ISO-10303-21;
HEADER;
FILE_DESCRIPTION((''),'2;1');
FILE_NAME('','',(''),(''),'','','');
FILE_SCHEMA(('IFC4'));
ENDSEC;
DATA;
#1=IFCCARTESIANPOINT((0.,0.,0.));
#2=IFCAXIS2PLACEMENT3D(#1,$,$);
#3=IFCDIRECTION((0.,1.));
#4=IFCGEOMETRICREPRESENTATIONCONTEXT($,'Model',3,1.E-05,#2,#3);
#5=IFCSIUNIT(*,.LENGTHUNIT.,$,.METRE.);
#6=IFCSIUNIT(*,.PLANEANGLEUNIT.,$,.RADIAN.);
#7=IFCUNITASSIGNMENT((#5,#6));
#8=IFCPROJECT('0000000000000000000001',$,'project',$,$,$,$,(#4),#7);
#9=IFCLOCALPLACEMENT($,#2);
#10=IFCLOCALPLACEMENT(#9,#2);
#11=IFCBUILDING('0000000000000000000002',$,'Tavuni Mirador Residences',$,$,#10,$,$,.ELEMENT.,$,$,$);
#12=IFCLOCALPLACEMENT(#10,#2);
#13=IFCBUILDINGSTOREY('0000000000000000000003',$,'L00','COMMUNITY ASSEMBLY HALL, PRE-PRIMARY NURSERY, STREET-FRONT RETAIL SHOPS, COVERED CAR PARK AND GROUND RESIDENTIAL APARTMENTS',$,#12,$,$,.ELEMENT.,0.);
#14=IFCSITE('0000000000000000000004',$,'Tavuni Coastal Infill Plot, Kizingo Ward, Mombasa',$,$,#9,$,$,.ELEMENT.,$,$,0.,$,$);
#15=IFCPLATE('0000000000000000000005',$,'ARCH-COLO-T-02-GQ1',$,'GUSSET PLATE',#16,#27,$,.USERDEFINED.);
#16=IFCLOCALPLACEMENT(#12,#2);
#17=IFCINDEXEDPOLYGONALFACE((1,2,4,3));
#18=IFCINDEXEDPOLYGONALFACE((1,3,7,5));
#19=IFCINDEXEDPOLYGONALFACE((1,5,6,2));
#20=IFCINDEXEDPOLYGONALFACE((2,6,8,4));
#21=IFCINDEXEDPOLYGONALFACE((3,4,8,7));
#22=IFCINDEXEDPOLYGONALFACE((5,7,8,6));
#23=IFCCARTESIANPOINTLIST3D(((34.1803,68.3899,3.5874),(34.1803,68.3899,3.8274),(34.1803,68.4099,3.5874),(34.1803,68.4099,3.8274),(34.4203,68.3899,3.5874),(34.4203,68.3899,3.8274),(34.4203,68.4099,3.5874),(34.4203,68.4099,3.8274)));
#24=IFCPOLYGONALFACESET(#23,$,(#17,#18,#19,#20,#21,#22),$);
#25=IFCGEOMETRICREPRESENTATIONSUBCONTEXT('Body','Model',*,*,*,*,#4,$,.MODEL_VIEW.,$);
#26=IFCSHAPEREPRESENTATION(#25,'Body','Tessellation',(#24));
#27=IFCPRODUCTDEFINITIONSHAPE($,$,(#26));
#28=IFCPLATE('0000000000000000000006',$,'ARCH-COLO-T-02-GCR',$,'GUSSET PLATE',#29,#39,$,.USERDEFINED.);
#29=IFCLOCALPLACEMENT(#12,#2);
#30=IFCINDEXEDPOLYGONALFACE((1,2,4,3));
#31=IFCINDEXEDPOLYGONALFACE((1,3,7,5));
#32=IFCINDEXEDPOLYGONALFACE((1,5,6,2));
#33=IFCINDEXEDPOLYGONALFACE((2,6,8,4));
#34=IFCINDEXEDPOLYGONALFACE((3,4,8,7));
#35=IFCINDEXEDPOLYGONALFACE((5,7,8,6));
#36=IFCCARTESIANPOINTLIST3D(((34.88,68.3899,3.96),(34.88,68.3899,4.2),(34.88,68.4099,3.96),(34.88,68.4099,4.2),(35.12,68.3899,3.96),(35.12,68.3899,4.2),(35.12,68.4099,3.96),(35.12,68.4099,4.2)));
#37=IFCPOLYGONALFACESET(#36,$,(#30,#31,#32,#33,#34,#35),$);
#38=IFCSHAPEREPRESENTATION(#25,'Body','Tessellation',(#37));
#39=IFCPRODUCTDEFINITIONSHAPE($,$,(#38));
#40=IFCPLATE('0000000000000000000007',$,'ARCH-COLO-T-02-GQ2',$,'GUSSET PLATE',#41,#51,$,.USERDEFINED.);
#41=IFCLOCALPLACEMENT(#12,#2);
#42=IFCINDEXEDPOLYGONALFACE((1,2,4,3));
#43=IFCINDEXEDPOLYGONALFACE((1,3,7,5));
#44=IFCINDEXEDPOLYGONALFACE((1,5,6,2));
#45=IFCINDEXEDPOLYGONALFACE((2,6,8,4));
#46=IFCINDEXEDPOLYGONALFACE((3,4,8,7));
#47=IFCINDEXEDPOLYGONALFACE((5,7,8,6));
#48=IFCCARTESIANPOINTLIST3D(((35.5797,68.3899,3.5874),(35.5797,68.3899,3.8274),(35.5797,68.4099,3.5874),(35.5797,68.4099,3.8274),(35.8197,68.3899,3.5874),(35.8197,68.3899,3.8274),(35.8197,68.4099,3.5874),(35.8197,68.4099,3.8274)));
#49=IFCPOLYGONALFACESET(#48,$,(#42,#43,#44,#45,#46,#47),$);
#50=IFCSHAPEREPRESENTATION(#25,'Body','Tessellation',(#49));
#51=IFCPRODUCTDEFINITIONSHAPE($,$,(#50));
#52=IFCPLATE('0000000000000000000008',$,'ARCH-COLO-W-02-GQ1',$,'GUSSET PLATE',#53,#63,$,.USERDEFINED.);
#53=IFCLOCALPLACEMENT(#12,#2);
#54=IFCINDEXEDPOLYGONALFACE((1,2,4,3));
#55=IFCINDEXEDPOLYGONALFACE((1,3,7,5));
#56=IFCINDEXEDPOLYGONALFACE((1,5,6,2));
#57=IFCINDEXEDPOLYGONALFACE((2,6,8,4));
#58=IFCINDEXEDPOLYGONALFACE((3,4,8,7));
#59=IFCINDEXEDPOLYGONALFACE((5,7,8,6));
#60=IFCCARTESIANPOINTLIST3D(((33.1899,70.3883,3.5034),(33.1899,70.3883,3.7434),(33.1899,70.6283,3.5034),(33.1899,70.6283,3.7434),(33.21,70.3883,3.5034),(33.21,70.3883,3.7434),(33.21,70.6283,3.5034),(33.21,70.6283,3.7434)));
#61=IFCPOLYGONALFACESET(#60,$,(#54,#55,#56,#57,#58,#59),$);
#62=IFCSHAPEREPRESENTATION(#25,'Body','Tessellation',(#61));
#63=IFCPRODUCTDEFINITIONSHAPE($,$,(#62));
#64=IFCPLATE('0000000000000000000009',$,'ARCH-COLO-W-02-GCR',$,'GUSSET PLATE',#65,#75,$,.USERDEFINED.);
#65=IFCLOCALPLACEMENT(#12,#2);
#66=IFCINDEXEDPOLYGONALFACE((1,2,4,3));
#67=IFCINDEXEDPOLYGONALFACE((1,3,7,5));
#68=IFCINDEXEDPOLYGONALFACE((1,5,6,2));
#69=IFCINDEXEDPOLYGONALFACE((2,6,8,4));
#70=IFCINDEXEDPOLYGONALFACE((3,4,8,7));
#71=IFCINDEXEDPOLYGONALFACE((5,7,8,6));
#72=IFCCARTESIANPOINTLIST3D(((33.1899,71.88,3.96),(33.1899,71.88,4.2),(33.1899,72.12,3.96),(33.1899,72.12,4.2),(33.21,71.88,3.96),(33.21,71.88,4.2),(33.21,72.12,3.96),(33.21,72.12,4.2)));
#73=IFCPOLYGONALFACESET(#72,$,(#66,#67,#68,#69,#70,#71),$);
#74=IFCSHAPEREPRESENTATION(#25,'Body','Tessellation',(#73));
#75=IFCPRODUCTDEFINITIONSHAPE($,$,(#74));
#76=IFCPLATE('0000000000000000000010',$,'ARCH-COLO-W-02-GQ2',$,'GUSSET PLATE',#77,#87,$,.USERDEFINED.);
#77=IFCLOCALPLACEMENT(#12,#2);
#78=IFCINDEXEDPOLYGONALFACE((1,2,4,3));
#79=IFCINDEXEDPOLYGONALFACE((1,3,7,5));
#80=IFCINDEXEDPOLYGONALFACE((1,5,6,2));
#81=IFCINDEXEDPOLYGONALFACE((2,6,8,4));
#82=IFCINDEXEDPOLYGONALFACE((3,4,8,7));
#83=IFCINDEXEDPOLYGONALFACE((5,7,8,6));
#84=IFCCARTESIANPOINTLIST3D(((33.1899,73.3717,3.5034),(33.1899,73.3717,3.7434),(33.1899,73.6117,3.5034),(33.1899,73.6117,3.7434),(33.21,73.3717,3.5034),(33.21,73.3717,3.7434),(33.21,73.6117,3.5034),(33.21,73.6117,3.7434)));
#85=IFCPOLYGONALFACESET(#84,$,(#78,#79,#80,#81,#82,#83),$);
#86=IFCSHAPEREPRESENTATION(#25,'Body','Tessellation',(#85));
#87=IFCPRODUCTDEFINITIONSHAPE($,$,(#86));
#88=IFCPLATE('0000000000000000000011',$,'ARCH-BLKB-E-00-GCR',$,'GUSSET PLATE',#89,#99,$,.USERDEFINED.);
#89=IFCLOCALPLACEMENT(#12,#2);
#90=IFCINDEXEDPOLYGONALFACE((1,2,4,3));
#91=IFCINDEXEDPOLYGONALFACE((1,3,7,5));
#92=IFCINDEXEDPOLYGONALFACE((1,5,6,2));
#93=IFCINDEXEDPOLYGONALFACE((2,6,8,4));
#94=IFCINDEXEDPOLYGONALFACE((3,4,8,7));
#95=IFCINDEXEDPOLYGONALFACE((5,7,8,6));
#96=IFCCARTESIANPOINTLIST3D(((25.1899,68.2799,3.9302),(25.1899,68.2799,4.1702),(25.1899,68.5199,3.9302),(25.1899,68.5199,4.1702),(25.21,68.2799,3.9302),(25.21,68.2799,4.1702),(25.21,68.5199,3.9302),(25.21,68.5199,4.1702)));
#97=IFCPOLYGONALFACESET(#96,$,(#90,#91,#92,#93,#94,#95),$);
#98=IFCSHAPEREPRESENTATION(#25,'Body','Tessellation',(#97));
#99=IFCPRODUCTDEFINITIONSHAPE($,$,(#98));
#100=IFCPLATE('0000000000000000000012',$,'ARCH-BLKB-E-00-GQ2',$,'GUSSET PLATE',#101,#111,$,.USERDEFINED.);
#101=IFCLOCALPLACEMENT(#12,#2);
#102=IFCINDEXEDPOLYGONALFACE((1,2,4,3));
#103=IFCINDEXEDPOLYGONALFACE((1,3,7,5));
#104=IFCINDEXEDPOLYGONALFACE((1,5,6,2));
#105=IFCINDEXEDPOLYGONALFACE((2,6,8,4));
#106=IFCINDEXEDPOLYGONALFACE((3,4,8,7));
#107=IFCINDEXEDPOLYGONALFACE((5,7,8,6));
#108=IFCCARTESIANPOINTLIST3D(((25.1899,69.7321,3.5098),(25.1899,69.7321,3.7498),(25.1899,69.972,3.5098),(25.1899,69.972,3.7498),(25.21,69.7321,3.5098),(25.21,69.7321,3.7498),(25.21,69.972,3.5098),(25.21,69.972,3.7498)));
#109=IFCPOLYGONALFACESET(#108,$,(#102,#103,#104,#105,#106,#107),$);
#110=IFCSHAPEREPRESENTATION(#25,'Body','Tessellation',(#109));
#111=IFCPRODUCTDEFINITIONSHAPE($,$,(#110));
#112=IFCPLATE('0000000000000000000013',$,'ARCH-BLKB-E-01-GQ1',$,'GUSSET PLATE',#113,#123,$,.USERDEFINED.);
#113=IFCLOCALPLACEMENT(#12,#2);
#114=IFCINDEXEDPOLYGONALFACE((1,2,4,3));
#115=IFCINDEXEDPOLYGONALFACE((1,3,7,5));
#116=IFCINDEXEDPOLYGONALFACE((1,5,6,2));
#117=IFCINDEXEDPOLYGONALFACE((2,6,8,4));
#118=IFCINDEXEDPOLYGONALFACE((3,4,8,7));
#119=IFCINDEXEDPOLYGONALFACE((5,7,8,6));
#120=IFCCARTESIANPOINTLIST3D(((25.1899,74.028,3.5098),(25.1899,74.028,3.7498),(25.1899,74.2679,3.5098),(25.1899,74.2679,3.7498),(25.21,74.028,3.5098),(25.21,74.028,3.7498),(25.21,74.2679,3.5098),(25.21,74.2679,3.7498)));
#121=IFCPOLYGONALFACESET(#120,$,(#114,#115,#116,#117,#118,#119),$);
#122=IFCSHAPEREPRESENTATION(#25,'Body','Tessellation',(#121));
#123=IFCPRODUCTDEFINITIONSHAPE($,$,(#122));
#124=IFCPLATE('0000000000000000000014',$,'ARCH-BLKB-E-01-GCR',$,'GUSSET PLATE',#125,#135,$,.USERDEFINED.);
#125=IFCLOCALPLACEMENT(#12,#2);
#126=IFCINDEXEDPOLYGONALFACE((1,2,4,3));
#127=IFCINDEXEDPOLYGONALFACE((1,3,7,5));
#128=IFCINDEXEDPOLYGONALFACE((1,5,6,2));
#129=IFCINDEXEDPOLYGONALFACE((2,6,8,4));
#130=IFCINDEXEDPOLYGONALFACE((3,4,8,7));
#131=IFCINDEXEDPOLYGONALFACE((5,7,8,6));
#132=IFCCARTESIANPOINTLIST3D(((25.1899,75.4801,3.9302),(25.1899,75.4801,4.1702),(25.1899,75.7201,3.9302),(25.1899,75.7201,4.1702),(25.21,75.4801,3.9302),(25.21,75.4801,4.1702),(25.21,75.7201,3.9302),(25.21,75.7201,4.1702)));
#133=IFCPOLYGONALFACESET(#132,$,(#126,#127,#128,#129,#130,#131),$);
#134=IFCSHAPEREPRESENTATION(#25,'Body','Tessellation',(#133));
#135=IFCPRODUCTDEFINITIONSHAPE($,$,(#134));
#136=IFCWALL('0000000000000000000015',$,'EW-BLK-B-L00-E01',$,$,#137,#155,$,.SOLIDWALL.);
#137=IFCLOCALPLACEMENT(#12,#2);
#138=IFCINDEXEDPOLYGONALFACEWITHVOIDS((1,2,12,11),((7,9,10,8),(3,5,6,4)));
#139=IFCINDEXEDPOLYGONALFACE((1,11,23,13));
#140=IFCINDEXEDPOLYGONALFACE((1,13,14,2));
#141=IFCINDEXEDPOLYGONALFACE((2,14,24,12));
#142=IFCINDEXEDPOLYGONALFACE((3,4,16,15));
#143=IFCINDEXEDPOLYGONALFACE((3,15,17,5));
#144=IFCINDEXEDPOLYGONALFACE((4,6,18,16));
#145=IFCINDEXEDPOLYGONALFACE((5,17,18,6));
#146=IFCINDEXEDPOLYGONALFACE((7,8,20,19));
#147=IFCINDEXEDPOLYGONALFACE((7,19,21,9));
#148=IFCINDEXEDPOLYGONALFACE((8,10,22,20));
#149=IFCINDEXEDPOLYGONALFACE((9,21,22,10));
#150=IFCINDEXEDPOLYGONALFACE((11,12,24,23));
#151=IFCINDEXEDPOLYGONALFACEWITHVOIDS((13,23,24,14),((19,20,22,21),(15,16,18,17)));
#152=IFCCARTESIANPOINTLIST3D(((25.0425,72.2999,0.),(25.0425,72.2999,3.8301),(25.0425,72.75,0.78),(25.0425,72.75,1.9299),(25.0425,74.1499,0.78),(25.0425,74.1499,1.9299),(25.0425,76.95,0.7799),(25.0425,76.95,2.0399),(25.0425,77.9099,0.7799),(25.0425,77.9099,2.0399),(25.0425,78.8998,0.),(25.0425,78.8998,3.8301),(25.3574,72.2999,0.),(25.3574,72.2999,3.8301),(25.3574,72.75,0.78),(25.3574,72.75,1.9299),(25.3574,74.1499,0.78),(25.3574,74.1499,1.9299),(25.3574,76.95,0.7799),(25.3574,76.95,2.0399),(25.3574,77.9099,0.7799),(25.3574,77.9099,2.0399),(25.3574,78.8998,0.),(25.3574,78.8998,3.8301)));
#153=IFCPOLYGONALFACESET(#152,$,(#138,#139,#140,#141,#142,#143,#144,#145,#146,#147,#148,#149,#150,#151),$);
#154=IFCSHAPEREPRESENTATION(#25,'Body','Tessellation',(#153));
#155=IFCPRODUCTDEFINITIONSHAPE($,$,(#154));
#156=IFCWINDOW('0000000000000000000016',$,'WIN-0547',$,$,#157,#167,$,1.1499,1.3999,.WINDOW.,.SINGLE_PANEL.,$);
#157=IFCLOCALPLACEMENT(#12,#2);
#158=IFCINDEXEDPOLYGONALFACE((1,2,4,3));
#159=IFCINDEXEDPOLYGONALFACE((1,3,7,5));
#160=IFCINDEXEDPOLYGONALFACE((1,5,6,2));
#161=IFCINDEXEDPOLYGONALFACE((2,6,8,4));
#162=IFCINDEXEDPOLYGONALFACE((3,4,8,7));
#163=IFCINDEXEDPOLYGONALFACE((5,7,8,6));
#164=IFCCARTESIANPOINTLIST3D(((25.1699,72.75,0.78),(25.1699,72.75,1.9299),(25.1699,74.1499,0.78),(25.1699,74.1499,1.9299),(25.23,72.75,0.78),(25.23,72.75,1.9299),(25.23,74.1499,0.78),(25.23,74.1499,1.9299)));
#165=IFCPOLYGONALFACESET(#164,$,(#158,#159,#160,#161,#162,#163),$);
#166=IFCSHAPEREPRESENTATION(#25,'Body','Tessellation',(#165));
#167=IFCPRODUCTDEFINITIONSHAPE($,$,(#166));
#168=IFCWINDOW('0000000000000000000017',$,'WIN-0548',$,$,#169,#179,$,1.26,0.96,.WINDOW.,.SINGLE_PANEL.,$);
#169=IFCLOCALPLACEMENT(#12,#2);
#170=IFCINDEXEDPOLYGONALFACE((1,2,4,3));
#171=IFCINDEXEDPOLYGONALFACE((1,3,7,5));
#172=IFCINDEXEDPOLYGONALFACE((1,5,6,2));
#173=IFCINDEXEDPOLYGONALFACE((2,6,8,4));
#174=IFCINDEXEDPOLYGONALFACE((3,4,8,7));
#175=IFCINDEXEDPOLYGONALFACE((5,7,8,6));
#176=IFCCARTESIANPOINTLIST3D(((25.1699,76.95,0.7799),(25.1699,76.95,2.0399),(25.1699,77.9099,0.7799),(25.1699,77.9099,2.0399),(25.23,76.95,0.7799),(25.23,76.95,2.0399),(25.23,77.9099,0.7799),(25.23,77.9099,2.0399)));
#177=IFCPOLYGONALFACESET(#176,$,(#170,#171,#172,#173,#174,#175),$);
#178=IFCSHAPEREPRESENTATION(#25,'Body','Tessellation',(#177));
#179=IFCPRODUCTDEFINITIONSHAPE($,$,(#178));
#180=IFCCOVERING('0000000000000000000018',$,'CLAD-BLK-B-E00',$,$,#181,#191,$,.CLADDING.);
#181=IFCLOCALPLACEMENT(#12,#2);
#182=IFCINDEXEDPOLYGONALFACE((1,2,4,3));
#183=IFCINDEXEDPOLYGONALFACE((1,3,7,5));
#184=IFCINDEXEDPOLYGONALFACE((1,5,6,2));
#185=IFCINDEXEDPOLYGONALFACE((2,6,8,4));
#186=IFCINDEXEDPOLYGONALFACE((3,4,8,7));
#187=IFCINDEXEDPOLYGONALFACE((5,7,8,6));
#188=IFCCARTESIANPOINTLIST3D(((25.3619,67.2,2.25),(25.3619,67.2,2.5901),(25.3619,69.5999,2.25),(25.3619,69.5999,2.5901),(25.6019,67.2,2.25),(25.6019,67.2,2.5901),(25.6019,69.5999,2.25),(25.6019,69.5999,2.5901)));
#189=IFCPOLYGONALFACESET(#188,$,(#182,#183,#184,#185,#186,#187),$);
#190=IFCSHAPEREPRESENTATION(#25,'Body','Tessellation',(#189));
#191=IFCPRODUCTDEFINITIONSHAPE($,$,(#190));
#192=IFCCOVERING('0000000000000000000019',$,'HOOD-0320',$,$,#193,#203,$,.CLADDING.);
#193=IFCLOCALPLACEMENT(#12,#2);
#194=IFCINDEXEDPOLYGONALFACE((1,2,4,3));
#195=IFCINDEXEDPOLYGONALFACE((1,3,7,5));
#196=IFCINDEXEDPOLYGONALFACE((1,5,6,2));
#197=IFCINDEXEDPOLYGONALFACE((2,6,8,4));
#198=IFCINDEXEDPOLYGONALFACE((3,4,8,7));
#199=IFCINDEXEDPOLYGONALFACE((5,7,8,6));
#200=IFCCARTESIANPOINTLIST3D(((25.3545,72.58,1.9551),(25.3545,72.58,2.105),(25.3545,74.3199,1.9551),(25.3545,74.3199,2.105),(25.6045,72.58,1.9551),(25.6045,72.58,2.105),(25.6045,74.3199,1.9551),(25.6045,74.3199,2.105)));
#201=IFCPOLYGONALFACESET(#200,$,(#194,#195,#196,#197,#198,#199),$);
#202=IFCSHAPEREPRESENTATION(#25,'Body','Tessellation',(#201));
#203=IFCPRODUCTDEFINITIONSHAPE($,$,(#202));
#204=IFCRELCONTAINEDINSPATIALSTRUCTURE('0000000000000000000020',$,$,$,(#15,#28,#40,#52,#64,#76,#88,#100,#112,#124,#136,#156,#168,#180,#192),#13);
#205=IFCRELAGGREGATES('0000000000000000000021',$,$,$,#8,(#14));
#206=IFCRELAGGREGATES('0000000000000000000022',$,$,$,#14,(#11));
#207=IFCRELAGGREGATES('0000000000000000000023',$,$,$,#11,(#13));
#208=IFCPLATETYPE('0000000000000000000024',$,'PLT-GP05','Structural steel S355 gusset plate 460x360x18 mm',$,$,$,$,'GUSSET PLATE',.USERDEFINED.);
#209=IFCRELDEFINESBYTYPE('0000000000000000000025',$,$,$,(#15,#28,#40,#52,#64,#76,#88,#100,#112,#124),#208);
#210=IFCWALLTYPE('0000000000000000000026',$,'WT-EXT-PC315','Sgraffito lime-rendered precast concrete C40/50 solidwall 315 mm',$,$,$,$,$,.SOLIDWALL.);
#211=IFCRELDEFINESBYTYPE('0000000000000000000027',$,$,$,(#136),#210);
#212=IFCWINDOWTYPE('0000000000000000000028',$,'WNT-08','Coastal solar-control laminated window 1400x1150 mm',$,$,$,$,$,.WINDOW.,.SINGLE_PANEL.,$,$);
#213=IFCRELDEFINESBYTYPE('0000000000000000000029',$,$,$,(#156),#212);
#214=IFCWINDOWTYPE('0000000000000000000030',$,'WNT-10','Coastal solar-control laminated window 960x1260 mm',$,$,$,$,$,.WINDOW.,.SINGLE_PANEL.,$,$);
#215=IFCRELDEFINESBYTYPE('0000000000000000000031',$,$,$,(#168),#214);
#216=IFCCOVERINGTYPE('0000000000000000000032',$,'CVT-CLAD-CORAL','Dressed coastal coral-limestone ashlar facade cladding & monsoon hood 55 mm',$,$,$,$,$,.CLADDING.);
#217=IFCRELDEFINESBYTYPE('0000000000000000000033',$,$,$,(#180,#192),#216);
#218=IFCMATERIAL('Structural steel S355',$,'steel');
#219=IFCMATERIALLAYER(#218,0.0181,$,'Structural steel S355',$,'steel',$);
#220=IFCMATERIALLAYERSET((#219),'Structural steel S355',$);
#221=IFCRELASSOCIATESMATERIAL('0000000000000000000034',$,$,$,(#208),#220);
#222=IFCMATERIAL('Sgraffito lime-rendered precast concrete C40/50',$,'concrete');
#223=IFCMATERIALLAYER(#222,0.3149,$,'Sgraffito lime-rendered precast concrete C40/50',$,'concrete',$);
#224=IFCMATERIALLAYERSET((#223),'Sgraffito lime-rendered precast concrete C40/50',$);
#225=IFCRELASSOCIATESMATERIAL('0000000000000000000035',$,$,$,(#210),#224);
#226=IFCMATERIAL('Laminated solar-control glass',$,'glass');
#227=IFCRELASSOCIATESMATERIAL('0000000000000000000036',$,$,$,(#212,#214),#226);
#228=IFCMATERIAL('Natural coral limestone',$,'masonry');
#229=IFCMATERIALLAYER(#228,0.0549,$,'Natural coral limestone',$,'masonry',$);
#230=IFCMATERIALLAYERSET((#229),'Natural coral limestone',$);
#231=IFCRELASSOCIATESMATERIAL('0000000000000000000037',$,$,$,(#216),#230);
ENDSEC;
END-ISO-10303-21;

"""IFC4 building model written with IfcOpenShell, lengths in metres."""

from ifc_helpers import new_model, si_unit, direction, frame, frame_2d, origin, origin_2d, place, context, subcontext, project, spatial, rectangle, extrude, material, layer, layer_set, type_object, element, fill, save


model = new_model("IFC4")

# Units and contexts
model_context = context("Model", 3, precision=1e-05, world=origin(), true_north=direction((0.0, 1.0)))
body_context = subcontext(model_context, "Body", "Model", "MODEL_VIEW")
ifc_project = project(units=[si_unit("LENGTHUNIT", "METRE"), si_unit("PLANEANGLEUNIT", "RADIAN")], contexts=[model_context])

# Site, building, storey
site_placement = place(None, origin())
site = spatial("IfcSite", under=ifc_project, at=site_placement, Name="Tavuni Coastal Infill Plot, Kizingo Ward, Mombasa", CompositionType="ELEMENT", RefElevation=0.0)
building_placement = place(site_placement, origin())
building = spatial("IfcBuilding", under=site, at=building_placement, Name="Tavuni Mirador Residences", CompositionType="ELEMENT")
storey_placement = place(building_placement, origin())
storey = spatial("IfcBuildingStorey", under=building, at=storey_placement, Name="L00", Description="COMMUNITY ASSEMBLY HALL, PRE-PRIMARY NURSERY, STREET-FRONT RETAIL SHOPS, COVERED CAR PARK AND GROUND RESIDENTIAL APARTMENTS", CompositionType="ELEMENT", Elevation=0.0)

# Shared definitions
ifc_material_1 = material(Name="Structural steel S355", Category="steel")

# Plates
ifc_layer_1 = layer(ifc_material_1, 0.0181, Name="Structural steel S355", Category="steel")
ifc_layer_set_1 = layer_set([ifc_layer_1], Name="Structural steel S355")
plate_type = type_object("IfcPlateType", Name="PLT-GP05", Description="Structural steel S355 gusset plate 460x360x18 mm", ElementType="GUSSET PLATE", PredefinedType="USERDEFINED", material=ifc_layer_set_1)
for number, where, z_axis, x_axis, name in (
    (1, (34.3003, 68.3999, 3.5874), (0.0, 0.0, 1.0), (1.0, 0.0, 0.0), "ARCH-COLO-T-02-GQ1"),
    (2, (35.0, 68.3999, 3.96), (0.0, 0.0, 1.0), (1.0, 0.0, 0.0), "ARCH-COLO-T-02-GCR"),
    (3, (35.6997, 68.3999, 3.5874), (0.0, 0.0, 1.0), (1.0, 0.0, 0.0), "ARCH-COLO-T-02-GQ2"),
):
    element("IfcPlate", number, at=place(storey_placement, frame(where, z_axis=z_axis, x_axis=x_axis)), inside=storey, type_object=plate_type, Name=name, ObjectType="GUSSET PLATE", PredefinedType="USERDEFINED", context=body_context, shape_type="SweptSolid", body=[
        extrude(rectangle(XDim=0.24, YDim=0.02, at=origin_2d()), origin(), (0.0, 0.0, 1.0), 0.24),
    ])
for number, where, z_axis, x_axis, name in (
    (4, (33.2, 70.5083, 3.5034), (0.0, 0.0, 1.0), (1.0, 0.0, 0.0), "ARCH-COLO-W-02-GQ1"),
    (5, (33.2, 72.0, 3.96), (0.0, 0.0, 1.0), (1.0, 0.0, 0.0), "ARCH-COLO-W-02-GCR"),
    (6, (33.2, 73.4917, 3.5034), (0.0, 0.0, 1.0), (1.0, 0.0, 0.0), "ARCH-COLO-W-02-GQ2"),
    (7, (25.2, 68.3999, 3.9302), (0.0, 0.0, 1.0), (1.0, 0.0, 0.0), "ARCH-BLKB-E-00-GCR"),
    (8, (25.2, 69.8521, 3.5098), (0.0, 0.0, 1.0), (1.0, 0.0, 0.0), "ARCH-BLKB-E-00-GQ2"),
    (9, (25.2, 74.1479, 3.5098), (0.0, 0.0, 1.0), (1.0, 0.0, 0.0), "ARCH-BLKB-E-01-GQ1"),
    (10, (25.2, 75.6001, 3.9302), (0.0, 0.0, 1.0), (1.0, 0.0, 0.0), "ARCH-BLKB-E-01-GCR"),
):
    element("IfcPlate", number, at=place(storey_placement, frame(where, z_axis=z_axis, x_axis=x_axis)), inside=storey, type_object=plate_type, Name=name, ObjectType="GUSSET PLATE", PredefinedType="USERDEFINED", context=body_context, shape_type="SweptSolid", body=[
        extrude(rectangle(XDim=0.02, YDim=0.24, at=origin_2d()), origin(), (0.0, 0.0, 1.0), 0.24),
    ])

# Wall, openings, windows
ifc_material_2 = material(Name="Sgraffito lime-rendered precast concrete C40/50", Category="concrete")
ifc_layer_2 = layer(ifc_material_2, 0.3149, Name="Sgraffito lime-rendered precast concrete C40/50", Category="concrete")
ifc_layer_set_2 = layer_set([ifc_layer_2], Name="Sgraffito lime-rendered precast concrete C40/50")
wall_type = type_object("IfcWallType", Name="WT-EXT-PC315", Description="Sgraffito lime-rendered precast concrete C40/50 solidwall 315 mm", PredefinedType="SOLIDWALL", material=ifc_layer_set_2)
wall_placement = place(storey_placement, frame((25.2, 72.3, 0.0), z_axis=(0.0, 0.0, 1.0), x_axis=(0.0, 1.0, 0.0)))
wall = element("IfcWall", 11, at=wall_placement, inside=storey, type_object=wall_type, Name="EW-BLK-B-L00-E01", PredefinedType="SOLIDWALL", context=body_context, shape_type="SweptSolid", body=[
    extrude(rectangle(XDim=6.5999, YDim=0.3149, at=frame_2d((3.2998, 0.0))), origin(), (0.0, 0.0, 1.0), 3.8301),
])
opening_1_placement = place(wall_placement, frame((0.45, 0.0, 0.78)))
opening_1 = element("IfcOpeningElement", 12, at=opening_1_placement, cuts=wall, PredefinedType="OPENING", context=body_context, shape_type="SweptSolid", body=[
    extrude(rectangle(XDim=1.3999, YDim=1.1499, at=frame_2d((0.7, 0.575))), frame((0.0, 0.1675, 0.0), z_axis=(0.0, -1.0, 0.0), x_axis=(1.0, 0.0, 0.0)), (0.0, 0.0, 1.0), 0.335),
])
opening_2_placement = place(wall_placement, frame((4.6499, 0.0, 0.78)))
opening_2 = element("IfcOpeningElement", 13, at=opening_2_placement, cuts=wall, PredefinedType="OPENING", context=body_context, shape_type="SweptSolid", body=[
    extrude(rectangle(XDim=0.96, YDim=1.26, at=frame_2d((0.48, 0.6299))), frame((0.0, 0.1675, 0.0), z_axis=(0.0, -1.0, 0.0), x_axis=(1.0, 0.0, 0.0)), (0.0, 0.0, 1.0), 0.335),
])
ifc_material_3 = material(Name="Laminated solar-control glass", Category="glass")
window_type_1 = type_object("IfcWindowType", Name="WNT-08", Description="Coastal solar-control laminated window 1400x1150 mm", PartitioningType="SINGLE_PANEL", PredefinedType="WINDOW", material=ifc_material_3)
window_1_placement = place(opening_1_placement, origin())
window_1 = element("IfcWindow", 14, at=window_1_placement, inside=storey, type_object=window_type_1, Name="WIN-0547", OverallHeight=1.1499, OverallWidth=1.3999, PartitioningType="SINGLE_PANEL", PredefinedType="WINDOW", context=body_context, shape_type="SweptSolid", body=[
    extrude(rectangle(XDim=1.3999, YDim=1.1499, at=frame_2d((0.7, 0.575))), frame((0.0, 0.03, 0.0), z_axis=(0.0, -1.0, 0.0), x_axis=(1.0, 0.0, 0.0)), (0.0, 0.0, 1.0), 0.0601),
])
fill(opening_1, window_1)
window_type_2 = type_object("IfcWindowType", Name="WNT-10", Description="Coastal solar-control laminated window 960x1260 mm", PartitioningType="SINGLE_PANEL", PredefinedType="WINDOW", material=ifc_material_3)
window_2_placement = place(opening_2_placement, origin())
window_2 = element("IfcWindow", 15, at=window_2_placement, inside=storey, type_object=window_type_2, Name="WIN-0548", OverallHeight=1.26, OverallWidth=0.96, PartitioningType="SINGLE_PANEL", PredefinedType="WINDOW", context=body_context, shape_type="SweptSolid", body=[
    extrude(rectangle(XDim=0.96, YDim=1.26, at=frame_2d((0.48, 0.6299))), frame((0.0, 0.03, 0.0), z_axis=(0.0, -1.0, 0.0), x_axis=(1.0, 0.0, 0.0)), (0.0, 0.0, 1.0), 0.0601),
])
fill(opening_2, window_2)

# Coverings
ifc_material_4 = material(Name="Natural coral limestone", Category="masonry")
ifc_layer_3 = layer(ifc_material_4, 0.0549, Name="Natural coral limestone", Category="masonry")
ifc_layer_set_3 = layer_set([ifc_layer_3], Name="Natural coral limestone")
covering_type = type_object("IfcCoveringType", Name="CVT-CLAD-CORAL", Description="Dressed coastal coral-limestone ashlar facade cladding & monsoon hood 55 mm", PredefinedType="CLADDING", material=ifc_layer_set_3)
covering_1_placement = place(storey_placement, frame((25.4819, 68.3999, 2.25), z_axis=(0.0, 0.0, 1.0), x_axis=(0.0, 1.0, 0.0)))
element("IfcCovering", 16, at=covering_1_placement, inside=storey, type_object=covering_type, Name="CLAD-BLK-B-E00", PredefinedType="CLADDING", context=body_context, shape_type="SweptSolid", body=[
    extrude(rectangle(XDim=2.3999, YDim=0.24, at=origin_2d()), origin(), (0.0, 0.0, 1.0), 0.3401),
])
covering_2_placement = place(storey_placement, frame((25.4795, 73.45, 1.9551), z_axis=(0.0, 0.0, 1.0), x_axis=(0.0, 1.0, 0.0)))
element("IfcCovering", 17, at=covering_2_placement, inside=storey, type_object=covering_type, Name="HOOD-0320", PredefinedType="CLADDING", context=body_context, shape_type="SweptSolid", body=[
    extrude(rectangle(XDim=1.74, YDim=0.25, at=origin_2d()), origin(), (0.0, 0.0, 1.0), 0.1499),
])

save(model, "model.ifc")
